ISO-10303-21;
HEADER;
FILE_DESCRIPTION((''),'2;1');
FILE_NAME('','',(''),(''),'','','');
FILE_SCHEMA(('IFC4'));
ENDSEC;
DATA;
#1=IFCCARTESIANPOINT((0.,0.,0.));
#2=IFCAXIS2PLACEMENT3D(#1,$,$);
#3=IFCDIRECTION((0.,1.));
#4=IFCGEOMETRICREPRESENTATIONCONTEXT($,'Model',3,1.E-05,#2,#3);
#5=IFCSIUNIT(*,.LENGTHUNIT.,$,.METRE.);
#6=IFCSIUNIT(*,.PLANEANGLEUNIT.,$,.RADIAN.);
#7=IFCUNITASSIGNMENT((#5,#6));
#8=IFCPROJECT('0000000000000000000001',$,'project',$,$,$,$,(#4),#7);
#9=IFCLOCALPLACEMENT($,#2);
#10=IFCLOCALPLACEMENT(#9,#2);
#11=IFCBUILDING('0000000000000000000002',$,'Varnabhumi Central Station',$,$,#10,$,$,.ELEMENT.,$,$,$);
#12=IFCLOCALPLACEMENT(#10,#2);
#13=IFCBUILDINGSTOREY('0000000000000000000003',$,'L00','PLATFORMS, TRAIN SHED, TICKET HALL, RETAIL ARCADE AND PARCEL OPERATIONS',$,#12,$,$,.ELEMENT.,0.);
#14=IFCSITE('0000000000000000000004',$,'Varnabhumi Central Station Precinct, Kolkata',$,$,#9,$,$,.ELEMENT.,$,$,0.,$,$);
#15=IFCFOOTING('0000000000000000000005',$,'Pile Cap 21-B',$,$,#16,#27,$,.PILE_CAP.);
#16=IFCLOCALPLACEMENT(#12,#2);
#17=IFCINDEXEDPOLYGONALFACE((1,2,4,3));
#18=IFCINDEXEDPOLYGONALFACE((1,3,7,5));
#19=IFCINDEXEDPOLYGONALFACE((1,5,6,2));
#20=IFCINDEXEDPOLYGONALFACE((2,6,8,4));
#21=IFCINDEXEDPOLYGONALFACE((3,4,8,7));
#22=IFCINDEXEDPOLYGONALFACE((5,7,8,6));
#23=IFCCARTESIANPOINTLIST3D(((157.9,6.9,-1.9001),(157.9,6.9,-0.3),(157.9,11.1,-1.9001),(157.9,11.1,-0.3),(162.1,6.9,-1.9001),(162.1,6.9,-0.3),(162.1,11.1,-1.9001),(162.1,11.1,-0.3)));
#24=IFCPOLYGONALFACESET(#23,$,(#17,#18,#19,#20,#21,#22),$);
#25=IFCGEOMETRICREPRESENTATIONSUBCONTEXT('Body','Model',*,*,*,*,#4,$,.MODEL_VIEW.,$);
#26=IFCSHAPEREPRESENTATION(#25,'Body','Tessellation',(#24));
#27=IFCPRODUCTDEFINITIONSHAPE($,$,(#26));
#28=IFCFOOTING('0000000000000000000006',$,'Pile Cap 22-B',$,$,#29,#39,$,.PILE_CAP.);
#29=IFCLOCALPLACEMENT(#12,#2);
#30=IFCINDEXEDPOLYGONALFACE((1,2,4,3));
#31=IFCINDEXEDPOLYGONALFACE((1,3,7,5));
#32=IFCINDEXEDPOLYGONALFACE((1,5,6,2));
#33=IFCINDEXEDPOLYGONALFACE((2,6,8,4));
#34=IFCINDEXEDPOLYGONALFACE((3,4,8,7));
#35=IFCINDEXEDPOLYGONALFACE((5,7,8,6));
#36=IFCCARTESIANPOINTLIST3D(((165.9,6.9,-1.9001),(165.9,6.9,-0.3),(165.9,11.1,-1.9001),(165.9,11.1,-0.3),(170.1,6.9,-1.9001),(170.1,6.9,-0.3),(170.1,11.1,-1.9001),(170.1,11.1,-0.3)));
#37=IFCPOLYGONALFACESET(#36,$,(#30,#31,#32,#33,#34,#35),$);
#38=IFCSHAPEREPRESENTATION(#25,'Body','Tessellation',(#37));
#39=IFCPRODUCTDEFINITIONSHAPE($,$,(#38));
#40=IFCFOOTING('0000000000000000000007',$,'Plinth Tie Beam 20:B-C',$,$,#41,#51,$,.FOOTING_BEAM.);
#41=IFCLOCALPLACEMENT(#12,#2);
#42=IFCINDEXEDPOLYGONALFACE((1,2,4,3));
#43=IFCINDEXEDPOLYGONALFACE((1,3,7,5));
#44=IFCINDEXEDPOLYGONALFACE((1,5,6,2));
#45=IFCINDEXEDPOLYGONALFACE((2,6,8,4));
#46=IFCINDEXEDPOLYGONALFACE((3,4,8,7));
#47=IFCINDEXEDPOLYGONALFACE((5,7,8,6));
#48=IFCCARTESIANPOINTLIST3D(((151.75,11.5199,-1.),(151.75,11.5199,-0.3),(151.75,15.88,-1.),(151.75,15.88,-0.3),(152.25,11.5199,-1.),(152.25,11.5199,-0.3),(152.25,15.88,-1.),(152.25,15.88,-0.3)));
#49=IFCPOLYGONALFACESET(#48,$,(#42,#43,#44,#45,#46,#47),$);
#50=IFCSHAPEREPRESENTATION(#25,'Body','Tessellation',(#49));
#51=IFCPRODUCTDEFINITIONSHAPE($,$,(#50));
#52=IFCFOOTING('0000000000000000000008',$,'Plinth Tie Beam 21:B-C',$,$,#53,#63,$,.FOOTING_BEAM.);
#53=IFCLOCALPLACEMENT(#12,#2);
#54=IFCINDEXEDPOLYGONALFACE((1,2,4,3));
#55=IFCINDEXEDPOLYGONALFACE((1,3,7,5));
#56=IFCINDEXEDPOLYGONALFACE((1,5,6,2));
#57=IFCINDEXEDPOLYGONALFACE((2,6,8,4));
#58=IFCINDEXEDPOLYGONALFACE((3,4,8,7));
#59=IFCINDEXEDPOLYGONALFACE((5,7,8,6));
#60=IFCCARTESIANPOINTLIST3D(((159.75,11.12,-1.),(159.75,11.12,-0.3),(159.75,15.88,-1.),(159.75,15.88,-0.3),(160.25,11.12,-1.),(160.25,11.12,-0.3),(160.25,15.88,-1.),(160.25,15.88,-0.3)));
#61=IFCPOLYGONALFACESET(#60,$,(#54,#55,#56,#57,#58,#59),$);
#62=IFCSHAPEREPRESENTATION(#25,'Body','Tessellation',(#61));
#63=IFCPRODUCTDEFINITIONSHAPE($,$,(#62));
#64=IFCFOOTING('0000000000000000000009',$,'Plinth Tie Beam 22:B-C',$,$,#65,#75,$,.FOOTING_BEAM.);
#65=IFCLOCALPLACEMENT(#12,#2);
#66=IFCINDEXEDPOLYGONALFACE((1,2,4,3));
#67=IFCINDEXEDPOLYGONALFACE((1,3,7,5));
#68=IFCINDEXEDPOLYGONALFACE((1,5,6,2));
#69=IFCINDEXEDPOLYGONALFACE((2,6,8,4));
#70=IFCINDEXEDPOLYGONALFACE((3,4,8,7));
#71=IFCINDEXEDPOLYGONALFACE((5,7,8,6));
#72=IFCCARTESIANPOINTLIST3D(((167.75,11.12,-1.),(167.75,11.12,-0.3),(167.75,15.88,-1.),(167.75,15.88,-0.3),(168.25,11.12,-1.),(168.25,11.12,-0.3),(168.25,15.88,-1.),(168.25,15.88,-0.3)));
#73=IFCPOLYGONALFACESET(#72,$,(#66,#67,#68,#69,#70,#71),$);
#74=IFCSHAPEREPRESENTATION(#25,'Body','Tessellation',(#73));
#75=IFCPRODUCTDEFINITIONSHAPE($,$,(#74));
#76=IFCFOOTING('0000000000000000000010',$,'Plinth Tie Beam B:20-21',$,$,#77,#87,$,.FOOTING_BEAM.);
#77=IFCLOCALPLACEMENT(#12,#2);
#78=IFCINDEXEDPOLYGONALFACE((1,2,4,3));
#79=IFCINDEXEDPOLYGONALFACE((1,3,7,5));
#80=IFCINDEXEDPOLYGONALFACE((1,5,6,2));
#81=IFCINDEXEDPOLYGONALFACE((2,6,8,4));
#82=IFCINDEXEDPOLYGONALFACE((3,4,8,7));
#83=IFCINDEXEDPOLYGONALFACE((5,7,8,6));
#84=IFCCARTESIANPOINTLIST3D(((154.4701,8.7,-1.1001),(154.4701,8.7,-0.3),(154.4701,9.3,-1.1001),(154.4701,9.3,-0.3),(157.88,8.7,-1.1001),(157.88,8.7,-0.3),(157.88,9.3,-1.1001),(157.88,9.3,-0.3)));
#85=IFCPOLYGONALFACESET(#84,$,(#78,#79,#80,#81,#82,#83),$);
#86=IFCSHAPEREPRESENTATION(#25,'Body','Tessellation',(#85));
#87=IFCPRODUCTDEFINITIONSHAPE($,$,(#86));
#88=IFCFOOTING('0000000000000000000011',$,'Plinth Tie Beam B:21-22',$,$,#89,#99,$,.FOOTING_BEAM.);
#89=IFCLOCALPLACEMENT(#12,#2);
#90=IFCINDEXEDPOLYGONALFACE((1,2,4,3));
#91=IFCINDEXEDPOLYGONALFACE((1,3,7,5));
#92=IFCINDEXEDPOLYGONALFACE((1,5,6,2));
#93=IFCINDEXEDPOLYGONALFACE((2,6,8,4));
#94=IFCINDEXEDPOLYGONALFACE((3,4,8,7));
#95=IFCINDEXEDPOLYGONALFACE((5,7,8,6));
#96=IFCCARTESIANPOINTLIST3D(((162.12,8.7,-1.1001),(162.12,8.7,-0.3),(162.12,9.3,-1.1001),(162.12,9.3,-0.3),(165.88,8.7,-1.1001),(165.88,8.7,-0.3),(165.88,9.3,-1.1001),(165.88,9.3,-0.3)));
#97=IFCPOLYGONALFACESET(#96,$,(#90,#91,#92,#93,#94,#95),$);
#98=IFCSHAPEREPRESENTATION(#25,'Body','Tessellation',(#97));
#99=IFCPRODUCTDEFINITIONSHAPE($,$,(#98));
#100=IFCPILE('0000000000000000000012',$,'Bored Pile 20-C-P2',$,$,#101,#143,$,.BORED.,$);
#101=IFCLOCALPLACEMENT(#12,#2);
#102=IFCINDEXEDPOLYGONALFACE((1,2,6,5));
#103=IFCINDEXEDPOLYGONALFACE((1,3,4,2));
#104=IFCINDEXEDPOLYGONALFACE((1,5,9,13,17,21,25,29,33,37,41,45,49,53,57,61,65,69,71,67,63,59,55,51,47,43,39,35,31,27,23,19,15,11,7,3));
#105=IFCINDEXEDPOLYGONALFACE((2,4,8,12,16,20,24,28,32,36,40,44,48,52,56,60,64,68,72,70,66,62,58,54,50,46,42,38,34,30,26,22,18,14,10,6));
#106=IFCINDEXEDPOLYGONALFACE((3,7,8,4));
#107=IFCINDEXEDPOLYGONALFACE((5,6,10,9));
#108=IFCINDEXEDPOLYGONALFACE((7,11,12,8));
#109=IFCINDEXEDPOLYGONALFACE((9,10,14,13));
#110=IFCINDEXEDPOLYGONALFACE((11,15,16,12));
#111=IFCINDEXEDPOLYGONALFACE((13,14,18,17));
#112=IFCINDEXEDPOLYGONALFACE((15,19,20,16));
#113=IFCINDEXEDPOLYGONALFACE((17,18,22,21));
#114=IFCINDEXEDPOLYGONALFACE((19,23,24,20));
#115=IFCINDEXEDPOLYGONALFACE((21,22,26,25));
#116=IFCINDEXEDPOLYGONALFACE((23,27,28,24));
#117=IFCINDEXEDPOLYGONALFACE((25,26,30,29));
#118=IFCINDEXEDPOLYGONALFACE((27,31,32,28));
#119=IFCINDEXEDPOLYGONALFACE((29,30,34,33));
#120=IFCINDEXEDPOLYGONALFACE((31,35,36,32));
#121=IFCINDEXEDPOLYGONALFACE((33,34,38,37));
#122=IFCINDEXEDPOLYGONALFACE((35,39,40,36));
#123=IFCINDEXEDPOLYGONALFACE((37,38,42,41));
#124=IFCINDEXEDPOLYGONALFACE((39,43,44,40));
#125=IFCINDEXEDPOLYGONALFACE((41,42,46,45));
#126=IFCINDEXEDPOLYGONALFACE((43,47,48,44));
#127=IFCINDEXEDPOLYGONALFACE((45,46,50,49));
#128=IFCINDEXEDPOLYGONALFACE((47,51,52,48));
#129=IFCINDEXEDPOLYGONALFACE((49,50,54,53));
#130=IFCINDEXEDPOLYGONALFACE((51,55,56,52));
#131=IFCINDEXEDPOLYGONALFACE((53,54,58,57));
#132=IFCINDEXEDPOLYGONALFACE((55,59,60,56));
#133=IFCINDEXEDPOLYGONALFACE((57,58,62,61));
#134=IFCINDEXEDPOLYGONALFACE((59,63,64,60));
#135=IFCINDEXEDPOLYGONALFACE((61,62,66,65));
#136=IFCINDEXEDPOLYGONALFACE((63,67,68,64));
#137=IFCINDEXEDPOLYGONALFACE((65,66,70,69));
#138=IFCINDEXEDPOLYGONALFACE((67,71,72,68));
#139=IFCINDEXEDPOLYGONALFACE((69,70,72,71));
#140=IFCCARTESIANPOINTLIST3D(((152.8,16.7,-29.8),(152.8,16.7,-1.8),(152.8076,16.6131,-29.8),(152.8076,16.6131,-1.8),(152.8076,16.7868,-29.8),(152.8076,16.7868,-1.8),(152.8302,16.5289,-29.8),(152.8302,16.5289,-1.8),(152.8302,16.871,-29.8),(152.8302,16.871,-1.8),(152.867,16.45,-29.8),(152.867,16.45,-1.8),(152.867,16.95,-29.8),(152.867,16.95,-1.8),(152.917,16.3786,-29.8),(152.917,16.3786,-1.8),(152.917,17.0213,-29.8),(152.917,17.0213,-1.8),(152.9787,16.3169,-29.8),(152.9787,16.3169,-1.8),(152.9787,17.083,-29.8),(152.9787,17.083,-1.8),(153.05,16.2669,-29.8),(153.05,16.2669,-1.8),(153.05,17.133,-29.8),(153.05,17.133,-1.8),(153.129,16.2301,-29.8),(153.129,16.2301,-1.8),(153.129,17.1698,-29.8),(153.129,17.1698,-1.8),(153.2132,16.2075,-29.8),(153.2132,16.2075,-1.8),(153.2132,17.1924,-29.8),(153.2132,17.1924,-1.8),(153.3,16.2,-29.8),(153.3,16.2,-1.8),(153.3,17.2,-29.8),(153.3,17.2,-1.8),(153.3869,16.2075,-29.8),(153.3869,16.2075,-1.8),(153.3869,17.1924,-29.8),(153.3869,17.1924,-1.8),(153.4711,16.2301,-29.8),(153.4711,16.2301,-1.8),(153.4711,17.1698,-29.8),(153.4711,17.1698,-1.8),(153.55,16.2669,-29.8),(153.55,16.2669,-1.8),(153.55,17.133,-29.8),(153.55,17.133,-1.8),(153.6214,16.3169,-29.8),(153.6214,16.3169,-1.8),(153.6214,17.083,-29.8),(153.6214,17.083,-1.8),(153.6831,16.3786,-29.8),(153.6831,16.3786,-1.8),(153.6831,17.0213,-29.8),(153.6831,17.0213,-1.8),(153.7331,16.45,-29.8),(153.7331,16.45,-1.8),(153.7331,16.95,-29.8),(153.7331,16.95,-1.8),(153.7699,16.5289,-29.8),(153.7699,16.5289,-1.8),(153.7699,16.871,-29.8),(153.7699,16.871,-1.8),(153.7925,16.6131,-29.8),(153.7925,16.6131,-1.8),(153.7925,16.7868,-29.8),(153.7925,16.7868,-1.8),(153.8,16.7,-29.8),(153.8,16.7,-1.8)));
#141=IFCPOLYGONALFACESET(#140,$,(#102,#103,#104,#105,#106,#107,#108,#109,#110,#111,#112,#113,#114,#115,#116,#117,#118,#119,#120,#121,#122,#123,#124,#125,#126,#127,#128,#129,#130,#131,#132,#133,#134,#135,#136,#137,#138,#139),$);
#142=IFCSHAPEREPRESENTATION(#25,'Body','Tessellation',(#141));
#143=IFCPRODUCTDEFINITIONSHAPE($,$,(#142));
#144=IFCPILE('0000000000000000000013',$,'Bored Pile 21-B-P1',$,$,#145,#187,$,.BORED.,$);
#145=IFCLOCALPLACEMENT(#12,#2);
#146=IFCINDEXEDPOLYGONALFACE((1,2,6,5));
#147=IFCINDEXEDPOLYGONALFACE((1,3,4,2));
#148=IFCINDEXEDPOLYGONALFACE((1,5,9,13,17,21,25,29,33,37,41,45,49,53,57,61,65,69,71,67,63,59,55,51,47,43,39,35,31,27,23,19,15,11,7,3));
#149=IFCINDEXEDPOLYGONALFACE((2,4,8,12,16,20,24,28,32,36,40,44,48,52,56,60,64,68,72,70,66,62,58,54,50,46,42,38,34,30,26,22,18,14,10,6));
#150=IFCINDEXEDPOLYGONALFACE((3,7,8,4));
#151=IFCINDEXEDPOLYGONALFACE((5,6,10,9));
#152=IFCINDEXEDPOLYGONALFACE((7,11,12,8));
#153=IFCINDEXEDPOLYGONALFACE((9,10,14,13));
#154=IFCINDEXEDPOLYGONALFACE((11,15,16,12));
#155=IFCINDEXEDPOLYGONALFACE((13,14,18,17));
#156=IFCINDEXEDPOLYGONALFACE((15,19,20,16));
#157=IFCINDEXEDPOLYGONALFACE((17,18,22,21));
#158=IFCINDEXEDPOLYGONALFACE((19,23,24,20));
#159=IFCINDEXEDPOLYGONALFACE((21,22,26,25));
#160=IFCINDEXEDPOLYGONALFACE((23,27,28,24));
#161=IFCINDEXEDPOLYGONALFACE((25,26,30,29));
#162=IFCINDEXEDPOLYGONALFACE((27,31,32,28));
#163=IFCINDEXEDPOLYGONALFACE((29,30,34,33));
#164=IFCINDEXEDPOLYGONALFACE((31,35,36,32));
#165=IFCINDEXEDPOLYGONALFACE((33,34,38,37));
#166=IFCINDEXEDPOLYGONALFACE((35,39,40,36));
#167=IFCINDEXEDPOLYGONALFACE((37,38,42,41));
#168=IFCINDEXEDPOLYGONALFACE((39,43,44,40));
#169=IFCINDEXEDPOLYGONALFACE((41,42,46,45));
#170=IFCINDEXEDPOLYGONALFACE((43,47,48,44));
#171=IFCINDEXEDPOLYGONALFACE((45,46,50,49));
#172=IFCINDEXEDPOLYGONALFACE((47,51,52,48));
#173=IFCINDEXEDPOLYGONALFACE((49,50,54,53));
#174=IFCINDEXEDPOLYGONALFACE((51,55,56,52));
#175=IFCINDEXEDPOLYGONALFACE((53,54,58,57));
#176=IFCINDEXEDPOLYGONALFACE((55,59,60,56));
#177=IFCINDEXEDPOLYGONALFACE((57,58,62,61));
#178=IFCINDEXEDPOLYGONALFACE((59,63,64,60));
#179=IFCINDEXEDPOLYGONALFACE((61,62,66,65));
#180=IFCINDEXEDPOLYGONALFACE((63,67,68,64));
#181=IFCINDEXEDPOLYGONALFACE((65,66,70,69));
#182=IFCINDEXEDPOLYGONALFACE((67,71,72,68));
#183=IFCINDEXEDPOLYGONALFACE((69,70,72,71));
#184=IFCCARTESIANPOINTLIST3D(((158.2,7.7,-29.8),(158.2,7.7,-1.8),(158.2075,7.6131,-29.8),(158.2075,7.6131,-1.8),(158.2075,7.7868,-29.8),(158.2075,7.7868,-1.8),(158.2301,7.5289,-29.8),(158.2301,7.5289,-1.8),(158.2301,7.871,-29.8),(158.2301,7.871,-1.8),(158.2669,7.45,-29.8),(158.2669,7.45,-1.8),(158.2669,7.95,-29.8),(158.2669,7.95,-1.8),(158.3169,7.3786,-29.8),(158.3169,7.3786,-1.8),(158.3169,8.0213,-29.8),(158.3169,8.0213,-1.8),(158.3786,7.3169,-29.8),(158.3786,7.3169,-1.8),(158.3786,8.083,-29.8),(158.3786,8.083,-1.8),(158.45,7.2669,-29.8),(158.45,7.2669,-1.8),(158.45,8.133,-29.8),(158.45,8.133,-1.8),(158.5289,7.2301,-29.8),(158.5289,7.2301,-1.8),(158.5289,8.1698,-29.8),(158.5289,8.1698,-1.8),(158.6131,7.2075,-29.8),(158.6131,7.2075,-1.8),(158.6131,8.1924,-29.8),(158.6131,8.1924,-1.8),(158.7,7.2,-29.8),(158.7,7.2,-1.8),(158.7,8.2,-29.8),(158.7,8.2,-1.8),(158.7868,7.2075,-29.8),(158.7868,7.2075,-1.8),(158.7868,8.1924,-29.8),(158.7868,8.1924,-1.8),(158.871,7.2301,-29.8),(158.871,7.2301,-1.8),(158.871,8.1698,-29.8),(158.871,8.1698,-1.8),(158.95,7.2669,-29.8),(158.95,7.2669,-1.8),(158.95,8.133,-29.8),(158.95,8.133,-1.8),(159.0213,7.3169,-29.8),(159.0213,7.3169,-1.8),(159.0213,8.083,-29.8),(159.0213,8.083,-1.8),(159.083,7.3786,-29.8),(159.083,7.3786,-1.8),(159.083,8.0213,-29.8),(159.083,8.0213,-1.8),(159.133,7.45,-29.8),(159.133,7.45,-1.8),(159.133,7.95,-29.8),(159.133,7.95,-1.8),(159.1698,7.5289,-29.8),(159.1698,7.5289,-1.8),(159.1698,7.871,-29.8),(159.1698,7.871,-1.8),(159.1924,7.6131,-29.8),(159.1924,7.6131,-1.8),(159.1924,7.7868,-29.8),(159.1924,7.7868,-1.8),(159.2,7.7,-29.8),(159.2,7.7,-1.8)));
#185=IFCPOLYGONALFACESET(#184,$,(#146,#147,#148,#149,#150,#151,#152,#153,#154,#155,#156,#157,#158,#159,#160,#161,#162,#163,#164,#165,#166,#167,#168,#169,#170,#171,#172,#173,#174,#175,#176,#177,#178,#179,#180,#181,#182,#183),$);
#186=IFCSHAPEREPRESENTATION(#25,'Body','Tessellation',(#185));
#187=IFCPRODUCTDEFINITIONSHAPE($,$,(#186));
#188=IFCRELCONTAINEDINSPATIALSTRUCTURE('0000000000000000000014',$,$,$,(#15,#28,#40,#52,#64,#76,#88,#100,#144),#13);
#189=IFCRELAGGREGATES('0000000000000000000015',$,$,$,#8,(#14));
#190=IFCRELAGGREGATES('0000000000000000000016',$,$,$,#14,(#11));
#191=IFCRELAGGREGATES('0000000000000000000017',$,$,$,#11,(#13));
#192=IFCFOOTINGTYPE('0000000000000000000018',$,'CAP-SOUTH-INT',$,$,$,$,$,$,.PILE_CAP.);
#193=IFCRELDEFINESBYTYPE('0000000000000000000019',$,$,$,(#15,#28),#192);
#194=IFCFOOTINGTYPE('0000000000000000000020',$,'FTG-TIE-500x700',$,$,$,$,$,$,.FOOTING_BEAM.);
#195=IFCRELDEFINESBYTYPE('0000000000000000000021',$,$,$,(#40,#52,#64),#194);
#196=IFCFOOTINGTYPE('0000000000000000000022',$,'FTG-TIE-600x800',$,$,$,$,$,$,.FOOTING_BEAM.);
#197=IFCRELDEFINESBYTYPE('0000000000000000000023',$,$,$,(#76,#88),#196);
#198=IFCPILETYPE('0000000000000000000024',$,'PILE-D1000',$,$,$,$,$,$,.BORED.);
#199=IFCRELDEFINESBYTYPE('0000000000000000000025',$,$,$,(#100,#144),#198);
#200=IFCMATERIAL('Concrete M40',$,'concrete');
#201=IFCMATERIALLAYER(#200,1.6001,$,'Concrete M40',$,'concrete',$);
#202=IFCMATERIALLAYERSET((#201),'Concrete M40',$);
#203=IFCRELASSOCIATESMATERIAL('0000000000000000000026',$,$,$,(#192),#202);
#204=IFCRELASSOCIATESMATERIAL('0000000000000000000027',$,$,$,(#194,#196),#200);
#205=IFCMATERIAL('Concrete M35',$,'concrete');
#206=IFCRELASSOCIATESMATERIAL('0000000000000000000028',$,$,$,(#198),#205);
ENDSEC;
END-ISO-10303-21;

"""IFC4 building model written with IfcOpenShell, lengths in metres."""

from ifc_helpers import new_model, si_unit, direction, frame, origin, origin_2d, place, context, subcontext, project, spatial, rectangle, circle, extrude, material, layer, layer_set, material_profile, profile_set, type_object, element, save


model = new_model("IFC4")

# Units and contexts
model_context = context("Model", 3, precision=1e-05, world=origin(), true_north=direction((0.0, 1.0)))
body_context = subcontext(model_context, "Body", "Model", "MODEL_VIEW")
ifc_project = project(units=[si_unit("LENGTHUNIT", "METRE"), si_unit("PLANEANGLEUNIT", "RADIAN")], contexts=[model_context])

# Site, building, storey
site_placement = place(None, origin())
site = spatial("IfcSite", under=ifc_project, at=site_placement, Name="Varnabhumi Central Station Precinct, Kolkata", CompositionType="ELEMENT", RefElevation=0.0)
building_placement = place(site_placement, origin())
building = spatial("IfcBuilding", under=site, at=building_placement, Name="Varnabhumi Central Station", CompositionType="ELEMENT")
storey_placement = place(building_placement, origin())
storey = spatial("IfcBuildingStorey", under=building, at=storey_placement, Name="L00", Description="PLATFORMS, TRAIN SHED, TICKET HALL, RETAIL ARCADE AND PARCEL OPERATIONS", CompositionType="ELEMENT", Elevation=0.0)

# Footings
ifc_material_1 = material(Name="Concrete M40", Category="concrete")
ifc_layer_1 = layer(ifc_material_1, 1.6001, Name="Concrete M40", Category="concrete")
ifc_layer_set_1 = layer_set([ifc_layer_1], Name="Concrete M40")
footing_type_1 = type_object("IfcFootingType", Name="CAP-SOUTH-INT", PredefinedType="PILE_CAP", material=ifc_layer_set_1)
for number, where, z_axis, x_axis, name in (
    (1, (160.0, 9.0, -1.9001), (0.0, 0.0, 1.0), (1.0, 0.0, 0.0), "Pile Cap 21-B"),
    (2, (168.0, 9.0, -1.9001), (0.0, 0.0, 1.0), (1.0, 0.0, 0.0), "Pile Cap 22-B"),
):
    element("IfcFooting", number, at=place(storey_placement, frame(where, z_axis=z_axis, x_axis=x_axis)), inside=storey, type_object=footing_type_1, Name=name, PredefinedType="PILE_CAP", context=body_context, shape_type="SweptSolid", body=[
        extrude(rectangle(XDim=4.2, YDim=4.2, at=origin_2d()), origin(), (0.0, 0.0, 1.0), 1.6001),
    ])
footing_type_2 = type_object("IfcFootingType", Name="FTG-TIE-500x700", PredefinedType="FOOTING_BEAM", material=ifc_material_1)
footing_1_placement = place(storey_placement, frame((152.0, 13.7, -1.0), z_axis=(0.0, 0.0, 1.0), x_axis=(1.0, 0.0, 0.0)))
element("IfcFooting", 3, at=footing_1_placement, inside=storey, type_object=footing_type_2, Name="Plinth Tie Beam 20:B-C", PredefinedType="FOOTING_BEAM", context=body_context, shape_type="SweptSolid", body=[
    extrude(rectangle(XDim=0.5, YDim=4.3601, at=origin_2d()), origin(), (0.0, 0.0, 1.0), 0.7),
])
for number, where, z_axis, x_axis, name in (
    (4, (160.0, 13.5, -1.0), (0.0, 0.0, 1.0), (1.0, 0.0, 0.0), "Plinth Tie Beam 21:B-C"),
    (5, (168.0, 13.5, -1.0), (0.0, 0.0, 1.0), (1.0, 0.0, 0.0), "Plinth Tie Beam 22:B-C"),
):
    element("IfcFooting", number, at=place(storey_placement, frame(where, z_axis=z_axis, x_axis=x_axis)), inside=storey, type_object=footing_type_2, Name=name, PredefinedType="FOOTING_BEAM", context=body_context, shape_type="SweptSolid", body=[
        extrude(rectangle(XDim=0.5, YDim=4.76, at=origin_2d()), origin(), (0.0, 0.0, 1.0), 0.7),
    ])
footing_type_3 = type_object("IfcFootingType", Name="FTG-TIE-600x800", PredefinedType="FOOTING_BEAM", material=ifc_material_1)
footing_2_placement = place(storey_placement, frame((156.175, 9.0, -1.1001), z_axis=(0.0, 0.0, 1.0), x_axis=(1.0, 0.0, 0.0)))
element("IfcFooting", 6, at=footing_2_placement, inside=storey, type_object=footing_type_3, Name="Plinth Tie Beam B:20-21", PredefinedType="FOOTING_BEAM", context=body_context, shape_type="SweptSolid", body=[
    extrude(rectangle(XDim=3.4099, YDim=0.6001, at=origin_2d()), origin(), (0.0, 0.0, 1.0), 0.8),
])
footing_3_placement = place(storey_placement, frame((164.0, 9.0, -1.1001), z_axis=(0.0, 0.0, 1.0), x_axis=(1.0, 0.0, 0.0)))
element("IfcFooting", 7, at=footing_3_placement, inside=storey, type_object=footing_type_3, Name="Plinth Tie Beam B:21-22", PredefinedType="FOOTING_BEAM", context=body_context, shape_type="SweptSolid", body=[
    extrude(rectangle(XDim=3.76, YDim=0.6001, at=origin_2d()), origin(), (0.0, 0.0, 1.0), 0.8),
])

# Piles
ifc_material_2 = material(Name="Concrete M35", Category="concrete")
ifc_material_profile_1 = material_profile(ifc_material_2, circle(Radius=0.5, at=origin_2d()), Name="Concrete M35", Category="concrete")
ifc_profile_set_1 = profile_set([ifc_material_profile_1], Name="Concrete M35")
pile_type_1 = type_object("IfcPileType", Name="PILE-D1000", PredefinedType="BORED", material=ifc_profile_set_1)
for number, where, z_axis, x_axis, name in (
    (8, (153.3, 16.7, -1.8), (0.0, 0.0, -1.0), (1.0, 0.0, 0.0), "Bored Pile 20-C-P2"),
    (9, (158.7, 7.7, -1.8), (0.0, 0.0, -1.0), (1.0, 0.0, 0.0), "Bored Pile 21-B-P1"),
):
    element("IfcPile", number, at=place(storey_placement, frame(where, z_axis=z_axis, x_axis=x_axis)), inside=storey, type_object=pile_type_1, Name=name, PredefinedType="BORED", context=body_context, shape_type="SweptSolid", body=[
        extrude(circle(Radius=0.5, at=origin_2d()), origin(), (0.0, 0.0, 1.0), 28.0),
    ])

save(model, "model.ifc")
